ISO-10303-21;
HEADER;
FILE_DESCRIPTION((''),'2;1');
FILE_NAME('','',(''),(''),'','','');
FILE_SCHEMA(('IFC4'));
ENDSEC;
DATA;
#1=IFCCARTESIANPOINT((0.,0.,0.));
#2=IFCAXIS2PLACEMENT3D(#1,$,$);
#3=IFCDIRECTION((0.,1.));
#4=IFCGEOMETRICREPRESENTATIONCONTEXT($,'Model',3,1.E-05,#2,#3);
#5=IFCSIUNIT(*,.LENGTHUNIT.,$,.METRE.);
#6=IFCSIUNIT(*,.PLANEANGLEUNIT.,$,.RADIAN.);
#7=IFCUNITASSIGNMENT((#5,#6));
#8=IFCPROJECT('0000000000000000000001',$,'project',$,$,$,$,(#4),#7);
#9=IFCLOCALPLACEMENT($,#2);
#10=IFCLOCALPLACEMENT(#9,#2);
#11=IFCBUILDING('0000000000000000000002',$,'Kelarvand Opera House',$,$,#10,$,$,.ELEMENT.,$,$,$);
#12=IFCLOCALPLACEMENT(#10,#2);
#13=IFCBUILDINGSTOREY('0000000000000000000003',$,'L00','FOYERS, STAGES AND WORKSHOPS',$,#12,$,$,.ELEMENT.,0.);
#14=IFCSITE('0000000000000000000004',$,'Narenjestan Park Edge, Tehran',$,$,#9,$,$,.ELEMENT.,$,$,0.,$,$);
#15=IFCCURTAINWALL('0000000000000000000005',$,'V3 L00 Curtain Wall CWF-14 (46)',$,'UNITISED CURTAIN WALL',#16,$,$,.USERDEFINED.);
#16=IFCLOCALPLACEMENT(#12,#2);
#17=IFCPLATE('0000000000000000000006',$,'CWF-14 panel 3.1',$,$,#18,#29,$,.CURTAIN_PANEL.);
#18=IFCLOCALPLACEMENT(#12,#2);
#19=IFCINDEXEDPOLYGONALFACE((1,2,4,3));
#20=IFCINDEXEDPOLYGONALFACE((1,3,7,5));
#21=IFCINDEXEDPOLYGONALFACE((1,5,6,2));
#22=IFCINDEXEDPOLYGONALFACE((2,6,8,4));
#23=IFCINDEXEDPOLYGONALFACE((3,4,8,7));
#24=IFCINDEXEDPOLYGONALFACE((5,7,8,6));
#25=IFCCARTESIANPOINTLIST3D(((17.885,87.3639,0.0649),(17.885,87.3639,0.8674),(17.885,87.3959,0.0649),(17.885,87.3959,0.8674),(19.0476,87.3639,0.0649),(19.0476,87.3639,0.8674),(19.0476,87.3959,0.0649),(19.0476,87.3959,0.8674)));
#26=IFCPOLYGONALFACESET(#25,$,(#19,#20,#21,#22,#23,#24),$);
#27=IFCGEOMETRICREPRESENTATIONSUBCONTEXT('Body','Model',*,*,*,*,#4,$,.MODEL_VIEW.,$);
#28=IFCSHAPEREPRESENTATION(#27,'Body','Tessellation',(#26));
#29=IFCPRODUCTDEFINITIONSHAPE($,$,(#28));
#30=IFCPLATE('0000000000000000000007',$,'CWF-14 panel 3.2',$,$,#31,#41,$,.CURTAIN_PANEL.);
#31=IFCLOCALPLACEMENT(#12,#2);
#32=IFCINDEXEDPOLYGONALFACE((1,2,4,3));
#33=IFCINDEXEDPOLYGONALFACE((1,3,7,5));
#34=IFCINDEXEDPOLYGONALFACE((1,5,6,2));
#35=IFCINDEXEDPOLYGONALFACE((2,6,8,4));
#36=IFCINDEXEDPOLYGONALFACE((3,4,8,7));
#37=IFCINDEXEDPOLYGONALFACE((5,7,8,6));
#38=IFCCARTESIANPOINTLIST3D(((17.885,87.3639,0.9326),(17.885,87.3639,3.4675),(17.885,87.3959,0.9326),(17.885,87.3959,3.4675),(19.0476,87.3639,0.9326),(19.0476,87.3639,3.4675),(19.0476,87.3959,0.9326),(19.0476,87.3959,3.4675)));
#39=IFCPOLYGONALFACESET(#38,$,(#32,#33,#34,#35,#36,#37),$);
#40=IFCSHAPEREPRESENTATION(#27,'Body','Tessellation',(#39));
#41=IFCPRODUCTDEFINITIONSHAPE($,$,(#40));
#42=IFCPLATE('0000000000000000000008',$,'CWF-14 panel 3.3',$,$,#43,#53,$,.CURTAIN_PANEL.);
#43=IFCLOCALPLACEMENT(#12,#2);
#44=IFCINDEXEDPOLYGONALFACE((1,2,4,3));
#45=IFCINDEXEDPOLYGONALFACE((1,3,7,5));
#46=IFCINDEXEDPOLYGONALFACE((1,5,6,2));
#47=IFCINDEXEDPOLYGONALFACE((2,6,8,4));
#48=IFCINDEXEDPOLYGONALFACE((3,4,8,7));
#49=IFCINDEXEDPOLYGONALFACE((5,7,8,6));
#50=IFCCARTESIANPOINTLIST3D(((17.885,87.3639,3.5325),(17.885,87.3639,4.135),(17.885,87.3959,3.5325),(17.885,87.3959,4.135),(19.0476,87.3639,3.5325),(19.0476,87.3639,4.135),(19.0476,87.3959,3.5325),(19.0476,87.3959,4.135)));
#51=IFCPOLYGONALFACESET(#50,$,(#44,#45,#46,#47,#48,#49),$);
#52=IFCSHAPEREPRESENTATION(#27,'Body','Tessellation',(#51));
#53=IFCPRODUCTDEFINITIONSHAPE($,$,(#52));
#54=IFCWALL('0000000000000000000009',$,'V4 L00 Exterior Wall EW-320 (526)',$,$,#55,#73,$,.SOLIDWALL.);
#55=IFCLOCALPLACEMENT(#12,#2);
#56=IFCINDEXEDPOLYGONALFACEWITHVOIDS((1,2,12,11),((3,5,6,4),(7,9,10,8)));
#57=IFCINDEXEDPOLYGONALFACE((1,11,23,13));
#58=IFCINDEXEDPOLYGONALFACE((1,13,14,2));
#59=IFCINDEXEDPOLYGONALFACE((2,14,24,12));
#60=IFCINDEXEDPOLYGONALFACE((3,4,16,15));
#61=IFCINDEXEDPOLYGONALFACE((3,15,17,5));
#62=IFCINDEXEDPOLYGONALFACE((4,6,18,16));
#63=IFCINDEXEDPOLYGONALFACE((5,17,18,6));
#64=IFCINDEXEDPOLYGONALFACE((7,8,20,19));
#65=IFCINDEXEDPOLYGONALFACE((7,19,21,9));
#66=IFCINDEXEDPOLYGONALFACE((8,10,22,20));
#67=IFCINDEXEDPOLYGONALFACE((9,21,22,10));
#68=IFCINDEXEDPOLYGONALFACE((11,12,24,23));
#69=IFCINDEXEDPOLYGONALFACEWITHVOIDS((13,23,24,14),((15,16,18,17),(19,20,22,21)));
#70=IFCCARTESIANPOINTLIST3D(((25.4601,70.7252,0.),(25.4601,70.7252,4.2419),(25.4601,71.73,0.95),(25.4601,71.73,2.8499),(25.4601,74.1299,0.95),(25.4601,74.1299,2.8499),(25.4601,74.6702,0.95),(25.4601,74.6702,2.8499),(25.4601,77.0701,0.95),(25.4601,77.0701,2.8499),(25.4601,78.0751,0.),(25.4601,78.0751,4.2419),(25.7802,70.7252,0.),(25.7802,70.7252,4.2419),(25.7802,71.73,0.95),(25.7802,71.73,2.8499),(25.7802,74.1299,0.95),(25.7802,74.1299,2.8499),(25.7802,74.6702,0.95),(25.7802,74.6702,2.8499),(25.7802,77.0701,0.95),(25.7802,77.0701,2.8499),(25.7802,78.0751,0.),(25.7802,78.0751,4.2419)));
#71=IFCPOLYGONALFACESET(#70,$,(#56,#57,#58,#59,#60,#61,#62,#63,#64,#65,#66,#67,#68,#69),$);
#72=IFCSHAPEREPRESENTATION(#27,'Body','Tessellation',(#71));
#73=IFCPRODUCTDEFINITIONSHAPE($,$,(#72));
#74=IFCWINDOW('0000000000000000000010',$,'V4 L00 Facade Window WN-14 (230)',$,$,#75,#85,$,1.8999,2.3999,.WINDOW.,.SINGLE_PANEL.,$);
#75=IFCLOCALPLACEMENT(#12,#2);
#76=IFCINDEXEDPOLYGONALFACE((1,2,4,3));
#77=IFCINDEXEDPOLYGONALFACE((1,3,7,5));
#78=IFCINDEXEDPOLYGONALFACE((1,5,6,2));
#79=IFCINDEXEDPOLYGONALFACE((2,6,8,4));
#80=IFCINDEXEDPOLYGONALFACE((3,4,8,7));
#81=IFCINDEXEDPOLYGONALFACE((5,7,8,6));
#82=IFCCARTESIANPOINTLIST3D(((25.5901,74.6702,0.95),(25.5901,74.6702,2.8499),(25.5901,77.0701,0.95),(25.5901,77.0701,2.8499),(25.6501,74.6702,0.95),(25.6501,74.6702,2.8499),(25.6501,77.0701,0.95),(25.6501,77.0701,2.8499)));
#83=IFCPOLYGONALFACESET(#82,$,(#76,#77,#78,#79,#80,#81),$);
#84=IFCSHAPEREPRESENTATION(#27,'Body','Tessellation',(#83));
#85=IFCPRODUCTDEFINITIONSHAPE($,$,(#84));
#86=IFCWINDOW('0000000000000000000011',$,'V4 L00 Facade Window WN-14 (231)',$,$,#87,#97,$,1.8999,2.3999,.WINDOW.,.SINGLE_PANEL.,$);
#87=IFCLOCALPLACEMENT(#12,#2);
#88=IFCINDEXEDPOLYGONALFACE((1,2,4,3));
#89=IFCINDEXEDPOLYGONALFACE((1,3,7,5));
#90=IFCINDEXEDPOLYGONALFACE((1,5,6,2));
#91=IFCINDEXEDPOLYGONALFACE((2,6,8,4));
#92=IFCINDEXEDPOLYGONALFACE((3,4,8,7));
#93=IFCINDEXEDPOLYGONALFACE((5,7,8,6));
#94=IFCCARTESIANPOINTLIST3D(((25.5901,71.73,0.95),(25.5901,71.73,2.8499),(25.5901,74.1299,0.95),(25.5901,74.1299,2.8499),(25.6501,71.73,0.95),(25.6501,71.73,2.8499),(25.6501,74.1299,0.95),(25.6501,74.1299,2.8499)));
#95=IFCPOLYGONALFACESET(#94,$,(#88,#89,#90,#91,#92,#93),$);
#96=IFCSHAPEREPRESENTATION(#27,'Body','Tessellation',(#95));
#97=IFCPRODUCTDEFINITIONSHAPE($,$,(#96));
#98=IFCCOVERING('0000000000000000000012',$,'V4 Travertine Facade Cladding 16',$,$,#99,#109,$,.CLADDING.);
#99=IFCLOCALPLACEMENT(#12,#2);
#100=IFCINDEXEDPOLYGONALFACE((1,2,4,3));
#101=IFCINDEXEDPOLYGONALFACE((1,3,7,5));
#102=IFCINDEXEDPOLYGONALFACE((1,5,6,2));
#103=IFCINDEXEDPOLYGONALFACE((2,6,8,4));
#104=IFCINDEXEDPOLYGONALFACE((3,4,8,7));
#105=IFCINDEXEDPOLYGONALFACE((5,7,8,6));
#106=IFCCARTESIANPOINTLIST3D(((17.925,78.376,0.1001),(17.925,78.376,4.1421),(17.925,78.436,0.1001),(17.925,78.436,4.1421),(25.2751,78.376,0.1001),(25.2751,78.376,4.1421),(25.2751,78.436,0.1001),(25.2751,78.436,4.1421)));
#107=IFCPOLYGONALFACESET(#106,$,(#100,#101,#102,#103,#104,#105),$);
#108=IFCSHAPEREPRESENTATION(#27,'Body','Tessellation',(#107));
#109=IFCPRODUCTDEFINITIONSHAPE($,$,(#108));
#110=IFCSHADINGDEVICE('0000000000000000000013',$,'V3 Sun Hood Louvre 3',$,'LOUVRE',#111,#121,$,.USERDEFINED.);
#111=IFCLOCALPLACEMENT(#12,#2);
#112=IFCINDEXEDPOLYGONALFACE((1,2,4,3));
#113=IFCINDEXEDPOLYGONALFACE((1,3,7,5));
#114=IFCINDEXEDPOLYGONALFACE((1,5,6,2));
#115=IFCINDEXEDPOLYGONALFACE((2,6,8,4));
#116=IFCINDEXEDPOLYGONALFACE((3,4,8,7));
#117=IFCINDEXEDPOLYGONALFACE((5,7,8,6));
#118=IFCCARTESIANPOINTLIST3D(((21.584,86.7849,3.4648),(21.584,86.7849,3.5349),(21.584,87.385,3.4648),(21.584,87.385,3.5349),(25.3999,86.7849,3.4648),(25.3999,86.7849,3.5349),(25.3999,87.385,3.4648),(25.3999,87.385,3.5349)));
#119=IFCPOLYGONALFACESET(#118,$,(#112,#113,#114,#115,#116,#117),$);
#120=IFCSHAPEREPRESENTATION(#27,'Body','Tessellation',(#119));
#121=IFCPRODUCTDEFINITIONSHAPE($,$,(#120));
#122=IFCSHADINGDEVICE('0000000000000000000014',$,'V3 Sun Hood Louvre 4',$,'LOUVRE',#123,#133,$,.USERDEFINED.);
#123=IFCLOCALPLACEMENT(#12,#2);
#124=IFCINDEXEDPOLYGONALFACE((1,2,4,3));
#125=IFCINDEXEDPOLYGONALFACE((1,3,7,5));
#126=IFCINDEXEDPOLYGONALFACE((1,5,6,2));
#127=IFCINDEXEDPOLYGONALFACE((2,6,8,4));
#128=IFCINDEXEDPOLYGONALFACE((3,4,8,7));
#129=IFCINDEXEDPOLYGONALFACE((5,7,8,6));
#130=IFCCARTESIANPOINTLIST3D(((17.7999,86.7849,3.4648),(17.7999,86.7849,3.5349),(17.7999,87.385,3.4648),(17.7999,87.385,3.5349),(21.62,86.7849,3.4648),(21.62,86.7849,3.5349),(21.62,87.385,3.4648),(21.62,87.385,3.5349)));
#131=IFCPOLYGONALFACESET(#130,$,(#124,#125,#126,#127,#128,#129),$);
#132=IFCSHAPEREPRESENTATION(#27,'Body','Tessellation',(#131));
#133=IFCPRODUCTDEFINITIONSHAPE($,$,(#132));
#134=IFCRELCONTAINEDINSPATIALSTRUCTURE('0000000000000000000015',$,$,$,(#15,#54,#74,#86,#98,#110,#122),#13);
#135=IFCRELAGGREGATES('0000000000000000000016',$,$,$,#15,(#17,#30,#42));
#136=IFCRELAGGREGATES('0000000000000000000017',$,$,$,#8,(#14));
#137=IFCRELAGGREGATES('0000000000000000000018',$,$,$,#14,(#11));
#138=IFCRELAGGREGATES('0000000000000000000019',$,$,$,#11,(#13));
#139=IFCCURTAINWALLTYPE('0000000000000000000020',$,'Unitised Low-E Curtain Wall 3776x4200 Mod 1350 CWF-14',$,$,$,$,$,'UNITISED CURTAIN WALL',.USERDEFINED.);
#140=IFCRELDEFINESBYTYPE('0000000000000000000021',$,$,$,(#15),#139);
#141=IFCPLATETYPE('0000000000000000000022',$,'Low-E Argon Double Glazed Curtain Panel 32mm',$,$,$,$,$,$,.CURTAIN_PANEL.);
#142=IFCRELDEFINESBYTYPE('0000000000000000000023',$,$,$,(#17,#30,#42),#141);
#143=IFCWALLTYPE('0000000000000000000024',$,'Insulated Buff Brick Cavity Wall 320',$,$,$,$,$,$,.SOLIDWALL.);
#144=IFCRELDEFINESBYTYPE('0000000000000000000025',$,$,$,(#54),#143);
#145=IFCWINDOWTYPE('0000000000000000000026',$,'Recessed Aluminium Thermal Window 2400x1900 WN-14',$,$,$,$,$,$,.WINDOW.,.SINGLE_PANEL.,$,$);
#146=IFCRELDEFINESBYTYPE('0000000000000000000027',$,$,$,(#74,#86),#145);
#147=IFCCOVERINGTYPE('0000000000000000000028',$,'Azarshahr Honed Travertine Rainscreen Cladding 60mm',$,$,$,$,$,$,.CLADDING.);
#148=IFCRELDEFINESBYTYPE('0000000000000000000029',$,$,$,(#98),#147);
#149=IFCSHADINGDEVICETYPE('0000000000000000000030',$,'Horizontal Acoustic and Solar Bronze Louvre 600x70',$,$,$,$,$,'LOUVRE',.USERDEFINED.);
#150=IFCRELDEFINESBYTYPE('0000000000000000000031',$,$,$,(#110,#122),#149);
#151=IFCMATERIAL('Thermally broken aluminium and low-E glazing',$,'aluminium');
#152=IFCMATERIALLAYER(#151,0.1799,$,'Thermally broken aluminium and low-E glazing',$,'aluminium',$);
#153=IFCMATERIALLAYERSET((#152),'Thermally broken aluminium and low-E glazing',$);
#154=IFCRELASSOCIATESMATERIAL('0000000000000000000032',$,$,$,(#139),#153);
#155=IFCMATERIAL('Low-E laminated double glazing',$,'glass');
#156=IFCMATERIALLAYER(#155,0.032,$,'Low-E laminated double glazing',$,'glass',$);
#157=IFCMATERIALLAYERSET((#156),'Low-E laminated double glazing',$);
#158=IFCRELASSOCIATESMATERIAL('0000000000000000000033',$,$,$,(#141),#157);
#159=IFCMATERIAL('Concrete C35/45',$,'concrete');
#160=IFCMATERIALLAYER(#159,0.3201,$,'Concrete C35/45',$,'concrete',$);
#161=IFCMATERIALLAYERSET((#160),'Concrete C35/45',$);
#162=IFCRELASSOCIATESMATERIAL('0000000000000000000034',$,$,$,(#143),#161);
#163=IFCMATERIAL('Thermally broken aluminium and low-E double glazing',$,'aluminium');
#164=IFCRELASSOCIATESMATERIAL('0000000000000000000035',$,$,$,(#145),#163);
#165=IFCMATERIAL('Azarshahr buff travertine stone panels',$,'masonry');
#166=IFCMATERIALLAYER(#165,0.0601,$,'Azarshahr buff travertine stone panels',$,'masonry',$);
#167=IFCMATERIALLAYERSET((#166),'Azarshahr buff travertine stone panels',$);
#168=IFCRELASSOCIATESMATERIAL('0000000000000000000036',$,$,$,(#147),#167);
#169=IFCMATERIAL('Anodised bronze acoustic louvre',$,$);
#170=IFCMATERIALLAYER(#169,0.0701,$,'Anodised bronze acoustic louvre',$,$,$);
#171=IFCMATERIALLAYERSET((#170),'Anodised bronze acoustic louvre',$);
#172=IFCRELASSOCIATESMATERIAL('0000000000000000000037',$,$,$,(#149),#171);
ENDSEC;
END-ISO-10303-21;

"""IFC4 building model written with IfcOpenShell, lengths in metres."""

from ifc_helpers import new_model, si_unit, direction, frame, frame_2d, origin, origin_2d, place, context, subcontext, project, spatial, rectangle, extrude, material, layer, layer_set, type_object, element, fill, aggregate, save


model = new_model("IFC4")

# Units and contexts
model_context = context("Model", 3, precision=1e-05, world=origin(), true_north=direction((0.0, 1.0)))
body_context = subcontext(model_context, "Body", "Model", "MODEL_VIEW")
ifc_project = project(units=[si_unit("LENGTHUNIT", "METRE"), si_unit("PLANEANGLEUNIT", "RADIAN")], contexts=[model_context])

# Site, building, storey
site_placement = place(None, origin())
site = spatial("IfcSite", under=ifc_project, at=site_placement, Name="Narenjestan Park Edge, Tehran", CompositionType="ELEMENT", RefElevation=0.0)
building_placement = place(site_placement, origin())
building = spatial("IfcBuilding", under=site, at=building_placement, Name="Kelarvand Opera House", CompositionType="ELEMENT")
storey_placement = place(building_placement, origin())
storey = spatial("IfcBuildingStorey", under=building, at=storey_placement, Name="L00", Description="FOYERS, STAGES AND WORKSHOPS", CompositionType="ELEMENT", Elevation=0.0)

# Curtain wall
ifc_material_1 = material(Name="Thermally broken aluminium and low-E glazing", Category="aluminium")
ifc_layer_1 = layer(ifc_material_1, 0.1799, Name="Thermally broken aluminium and low-E glazing", Category="aluminium")
ifc_layer_set_1 = layer_set([ifc_layer_1], Name="Thermally broken aluminium and low-E glazing")
curtain_wall_type = type_object("IfcCurtainWallType", Name="Unitised Low-E Curtain Wall 3776x4200 Mod 1350 CWF-14", ElementType="UNITISED CURTAIN WALL", PredefinedType="USERDEFINED", material=ifc_layer_set_1)
curtain_wall_placement = place(storey_placement, origin())
curtain_wall = element("IfcCurtainWall", 1, at=curtain_wall_placement, inside=storey, type_object=curtain_wall_type, Name="V3 L00 Curtain Wall CWF-14 (46)", ObjectType="UNITISED CURTAIN WALL", PredefinedType="USERDEFINED")

# Plates
ifc_material_2 = material(Name="Low-E laminated double glazing", Category="glass")
ifc_layer_2 = layer(ifc_material_2, 0.032, Name="Low-E laminated double glazing", Category="glass")
ifc_layer_set_2 = layer_set([ifc_layer_2], Name="Low-E laminated double glazing")
plate_type = type_object("IfcPlateType", Name="Low-E Argon Double Glazed Curtain Panel 32mm", PredefinedType="CURTAIN_PANEL", material=ifc_layer_set_2)
plate_1_placement = place(storey_placement, frame((18.4663, 87.3799, 0.0649), z_axis=(0.0, 0.0, 1.0), x_axis=(-1.0, 0.0, 0.0)))
plate_1 = element("IfcPlate", 2, at=plate_1_placement, type_object=plate_type, Name="CWF-14 panel 3.1", PredefinedType="CURTAIN_PANEL", context=body_context, shape_type="SweptSolid", body=[
    extrude(rectangle(XDim=1.1626, YDim=0.032, at=origin_2d()), origin(), (0.0, 0.0, 1.0), 0.8025),
])
plate_2_placement = place(storey_placement, frame((18.4663, 87.3799, 0.9326), z_axis=(0.0, 0.0, 1.0), x_axis=(-1.0, 0.0, 0.0)))
plate_2 = element("IfcPlate", 3, at=plate_2_placement, type_object=plate_type, Name="CWF-14 panel 3.2", PredefinedType="CURTAIN_PANEL", context=body_context, shape_type="SweptSolid", body=[
    extrude(rectangle(XDim=1.1626, YDim=0.032, at=origin_2d()), origin(), (0.0, 0.0, 1.0), 2.5349),
])
plate_3_placement = place(storey_placement, frame((18.4663, 87.3799, 3.5325), z_axis=(0.0, 0.0, 1.0), x_axis=(-1.0, 0.0, 0.0)))
plate_3 = element("IfcPlate", 4, at=plate_3_placement, type_object=plate_type, Name="CWF-14 panel 3.3", PredefinedType="CURTAIN_PANEL", context=body_context, shape_type="SweptSolid", body=[
    extrude(rectangle(XDim=1.1626, YDim=0.032, at=origin_2d()), origin(), (0.0, 0.0, 1.0), 0.6025),
])
aggregate(curtain_wall, [plate_1, plate_2, plate_3])

# Wall, openings, windows
ifc_material_3 = material(Name="Concrete C35/45", Category="concrete")
ifc_layer_3 = layer(ifc_material_3, 0.3201, Name="Concrete C35/45", Category="concrete")
ifc_layer_set_3 = layer_set([ifc_layer_3], Name="Concrete C35/45")
wall_type = type_object("IfcWallType", Name="Insulated Buff Brick Cavity Wall 320", PredefinedType="SOLIDWALL", material=ifc_layer_set_3)
wall_placement = place(storey_placement, frame((25.6201, 78.075, 0.0), z_axis=(0.0, 0.0, 1.0), x_axis=(0.0, -1.0, 0.0)))
wall = element("IfcWall", 5, at=wall_placement, inside=storey, type_object=wall_type, Name="V4 L00 Exterior Wall EW-320 (526)", PredefinedType="SOLIDWALL", context=body_context, shape_type="SweptSolid", body=[
    extrude(rectangle(XDim=7.3499, YDim=0.3201, at=frame_2d((3.6748, 0.0))), origin(), (0.0, 0.0, 1.0), 4.2419),
])
opening_1_placement = place(wall_placement, frame((1.0049, 0.0, 0.95)))
opening_1 = element("IfcOpeningElement", 6, at=opening_1_placement, cuts=wall, PredefinedType="OPENING", context=body_context, shape_type="SweptSolid", body=[
    extrude(rectangle(XDim=2.3999, YDim=1.8999, at=frame_2d((1.2, 0.95))), frame((0.0, 0.1699, 0.0), z_axis=(0.0, -1.0, 0.0), x_axis=(1.0, 0.0, 0.0)), (0.0, 0.0, 1.0), 0.3401),
])
opening_2_placement = place(wall_placement, frame((3.9451, 0.0, 0.95)))
opening_2 = element("IfcOpeningElement", 7, at=opening_2_placement, cuts=wall, PredefinedType="OPENING", context=body_context, shape_type="SweptSolid", body=[
    extrude(rectangle(XDim=2.3999, YDim=1.8999, at=frame_2d((1.2, 0.95))), frame((0.0, 0.1699, 0.0), z_axis=(0.0, -1.0, 0.0), x_axis=(1.0, 0.0, 0.0)), (0.0, 0.0, 1.0), 0.3401),
])
ifc_material_4 = material(Name="Thermally broken aluminium and low-E double glazing", Category="aluminium")
window_type = type_object("IfcWindowType", Name="Recessed Aluminium Thermal Window 2400x1900 WN-14", PartitioningType="SINGLE_PANEL", PredefinedType="WINDOW", material=ifc_material_4)
window_1_placement = place(opening_1_placement, origin())
window_1 = element("IfcWindow", 8, at=window_1_placement, inside=storey, type_object=window_type, Name="V4 L00 Facade Window WN-14 (230)", OverallHeight=1.8999, OverallWidth=2.3999, PartitioningType="SINGLE_PANEL", PredefinedType="WINDOW", context=body_context, shape_type="SweptSolid", body=[
    extrude(rectangle(XDim=2.3999, YDim=1.8999, at=frame_2d((1.2, 0.95))), frame((0.0, 0.03, 0.0), z_axis=(0.0, -1.0, 0.0), x_axis=(1.0, 0.0, 0.0)), (0.0, 0.0, 1.0), 0.0601),
])
fill(opening_1, window_1)
window_2_placement = place(opening_2_placement, origin())
window_2 = element("IfcWindow", 9, at=window_2_placement, inside=storey, type_object=window_type, Name="V4 L00 Facade Window WN-14 (231)", OverallHeight=1.8999, OverallWidth=2.3999, PartitioningType="SINGLE_PANEL", PredefinedType="WINDOW", context=body_context, shape_type="SweptSolid", body=[
    extrude(rectangle(XDim=2.3999, YDim=1.8999, at=frame_2d((1.2, 0.95))), frame((0.0, 0.03, 0.0), z_axis=(0.0, -1.0, 0.0), x_axis=(1.0, 0.0, 0.0)), (0.0, 0.0, 1.0), 0.0601),
])
fill(opening_2, window_2)

# Covering
ifc_material_5 = material(Name="Azarshahr buff travertine stone panels", Category="masonry")
ifc_layer_4 = layer(ifc_material_5, 0.0601, Name="Azarshahr buff travertine stone panels", Category="masonry")
ifc_layer_set_4 = layer_set([ifc_layer_4], Name="Azarshahr buff travertine stone panels")
covering_type = type_object("IfcCoveringType", Name="Azarshahr Honed Travertine Rainscreen Cladding 60mm", PredefinedType="CLADDING", material=ifc_layer_set_4)
covering_placement = place(storey_placement, frame((21.6001, 78.406, 0.1001), z_axis=(0.0, 0.0, 1.0), x_axis=(1.0, 0.0, 0.0)))
element("IfcCovering", 10, at=covering_placement, inside=storey, type_object=covering_type, Name="V4 Travertine Facade Cladding 16", PredefinedType="CLADDING", context=body_context, shape_type="SweptSolid", body=[
    extrude(rectangle(XDim=7.3501, YDim=0.0601, at=origin_2d()), origin(), (0.0, 0.0, 1.0), 4.042),
])

# Shading devices
ifc_material_6 = material(Name="Anodised bronze acoustic louvre")
ifc_layer_5 = layer(ifc_material_6, 0.0701, Name="Anodised bronze acoustic louvre")
ifc_layer_set_5 = layer_set([ifc_layer_5], Name="Anodised bronze acoustic louvre")
shading_device_type = type_object("IfcShadingDeviceType", Name="Horizontal Acoustic and Solar Bronze Louvre 600x70", ElementType="LOUVRE", PredefinedType="USERDEFINED", material=ifc_layer_set_5)
shading_device_1_placement = place(storey_placement, frame((23.4919, 87.085, 3.4648), z_axis=(0.0, 0.0, 1.0), x_axis=(-1.0, 0.0, 0.0)))
element("IfcShadingDevice", 11, at=shading_device_1_placement, inside=storey, type_object=shading_device_type, Name="V3 Sun Hood Louvre 3", ObjectType="LOUVRE", PredefinedType="USERDEFINED", context=body_context, shape_type="SweptSolid", body=[
    extrude(rectangle(XDim=3.8159, YDim=0.6001, at=origin_2d()), origin(), (0.0, 0.0, 1.0), 0.0701),
])
shading_device_2_placement = place(storey_placement, frame((19.71, 87.085, 3.4648), z_axis=(0.0, 0.0, 1.0), x_axis=(-1.0, 0.0, 0.0)))
element("IfcShadingDevice", 12, at=shading_device_2_placement, inside=storey, type_object=shading_device_type, Name="V3 Sun Hood Louvre 4", ObjectType="LOUVRE", PredefinedType="USERDEFINED", context=body_context, shape_type="SweptSolid", body=[
    extrude(rectangle(XDim=3.8201, YDim=0.6001, at=origin_2d()), origin(), (0.0, 0.0, 1.0), 0.0701),
])

save(model, "model.ifc")
